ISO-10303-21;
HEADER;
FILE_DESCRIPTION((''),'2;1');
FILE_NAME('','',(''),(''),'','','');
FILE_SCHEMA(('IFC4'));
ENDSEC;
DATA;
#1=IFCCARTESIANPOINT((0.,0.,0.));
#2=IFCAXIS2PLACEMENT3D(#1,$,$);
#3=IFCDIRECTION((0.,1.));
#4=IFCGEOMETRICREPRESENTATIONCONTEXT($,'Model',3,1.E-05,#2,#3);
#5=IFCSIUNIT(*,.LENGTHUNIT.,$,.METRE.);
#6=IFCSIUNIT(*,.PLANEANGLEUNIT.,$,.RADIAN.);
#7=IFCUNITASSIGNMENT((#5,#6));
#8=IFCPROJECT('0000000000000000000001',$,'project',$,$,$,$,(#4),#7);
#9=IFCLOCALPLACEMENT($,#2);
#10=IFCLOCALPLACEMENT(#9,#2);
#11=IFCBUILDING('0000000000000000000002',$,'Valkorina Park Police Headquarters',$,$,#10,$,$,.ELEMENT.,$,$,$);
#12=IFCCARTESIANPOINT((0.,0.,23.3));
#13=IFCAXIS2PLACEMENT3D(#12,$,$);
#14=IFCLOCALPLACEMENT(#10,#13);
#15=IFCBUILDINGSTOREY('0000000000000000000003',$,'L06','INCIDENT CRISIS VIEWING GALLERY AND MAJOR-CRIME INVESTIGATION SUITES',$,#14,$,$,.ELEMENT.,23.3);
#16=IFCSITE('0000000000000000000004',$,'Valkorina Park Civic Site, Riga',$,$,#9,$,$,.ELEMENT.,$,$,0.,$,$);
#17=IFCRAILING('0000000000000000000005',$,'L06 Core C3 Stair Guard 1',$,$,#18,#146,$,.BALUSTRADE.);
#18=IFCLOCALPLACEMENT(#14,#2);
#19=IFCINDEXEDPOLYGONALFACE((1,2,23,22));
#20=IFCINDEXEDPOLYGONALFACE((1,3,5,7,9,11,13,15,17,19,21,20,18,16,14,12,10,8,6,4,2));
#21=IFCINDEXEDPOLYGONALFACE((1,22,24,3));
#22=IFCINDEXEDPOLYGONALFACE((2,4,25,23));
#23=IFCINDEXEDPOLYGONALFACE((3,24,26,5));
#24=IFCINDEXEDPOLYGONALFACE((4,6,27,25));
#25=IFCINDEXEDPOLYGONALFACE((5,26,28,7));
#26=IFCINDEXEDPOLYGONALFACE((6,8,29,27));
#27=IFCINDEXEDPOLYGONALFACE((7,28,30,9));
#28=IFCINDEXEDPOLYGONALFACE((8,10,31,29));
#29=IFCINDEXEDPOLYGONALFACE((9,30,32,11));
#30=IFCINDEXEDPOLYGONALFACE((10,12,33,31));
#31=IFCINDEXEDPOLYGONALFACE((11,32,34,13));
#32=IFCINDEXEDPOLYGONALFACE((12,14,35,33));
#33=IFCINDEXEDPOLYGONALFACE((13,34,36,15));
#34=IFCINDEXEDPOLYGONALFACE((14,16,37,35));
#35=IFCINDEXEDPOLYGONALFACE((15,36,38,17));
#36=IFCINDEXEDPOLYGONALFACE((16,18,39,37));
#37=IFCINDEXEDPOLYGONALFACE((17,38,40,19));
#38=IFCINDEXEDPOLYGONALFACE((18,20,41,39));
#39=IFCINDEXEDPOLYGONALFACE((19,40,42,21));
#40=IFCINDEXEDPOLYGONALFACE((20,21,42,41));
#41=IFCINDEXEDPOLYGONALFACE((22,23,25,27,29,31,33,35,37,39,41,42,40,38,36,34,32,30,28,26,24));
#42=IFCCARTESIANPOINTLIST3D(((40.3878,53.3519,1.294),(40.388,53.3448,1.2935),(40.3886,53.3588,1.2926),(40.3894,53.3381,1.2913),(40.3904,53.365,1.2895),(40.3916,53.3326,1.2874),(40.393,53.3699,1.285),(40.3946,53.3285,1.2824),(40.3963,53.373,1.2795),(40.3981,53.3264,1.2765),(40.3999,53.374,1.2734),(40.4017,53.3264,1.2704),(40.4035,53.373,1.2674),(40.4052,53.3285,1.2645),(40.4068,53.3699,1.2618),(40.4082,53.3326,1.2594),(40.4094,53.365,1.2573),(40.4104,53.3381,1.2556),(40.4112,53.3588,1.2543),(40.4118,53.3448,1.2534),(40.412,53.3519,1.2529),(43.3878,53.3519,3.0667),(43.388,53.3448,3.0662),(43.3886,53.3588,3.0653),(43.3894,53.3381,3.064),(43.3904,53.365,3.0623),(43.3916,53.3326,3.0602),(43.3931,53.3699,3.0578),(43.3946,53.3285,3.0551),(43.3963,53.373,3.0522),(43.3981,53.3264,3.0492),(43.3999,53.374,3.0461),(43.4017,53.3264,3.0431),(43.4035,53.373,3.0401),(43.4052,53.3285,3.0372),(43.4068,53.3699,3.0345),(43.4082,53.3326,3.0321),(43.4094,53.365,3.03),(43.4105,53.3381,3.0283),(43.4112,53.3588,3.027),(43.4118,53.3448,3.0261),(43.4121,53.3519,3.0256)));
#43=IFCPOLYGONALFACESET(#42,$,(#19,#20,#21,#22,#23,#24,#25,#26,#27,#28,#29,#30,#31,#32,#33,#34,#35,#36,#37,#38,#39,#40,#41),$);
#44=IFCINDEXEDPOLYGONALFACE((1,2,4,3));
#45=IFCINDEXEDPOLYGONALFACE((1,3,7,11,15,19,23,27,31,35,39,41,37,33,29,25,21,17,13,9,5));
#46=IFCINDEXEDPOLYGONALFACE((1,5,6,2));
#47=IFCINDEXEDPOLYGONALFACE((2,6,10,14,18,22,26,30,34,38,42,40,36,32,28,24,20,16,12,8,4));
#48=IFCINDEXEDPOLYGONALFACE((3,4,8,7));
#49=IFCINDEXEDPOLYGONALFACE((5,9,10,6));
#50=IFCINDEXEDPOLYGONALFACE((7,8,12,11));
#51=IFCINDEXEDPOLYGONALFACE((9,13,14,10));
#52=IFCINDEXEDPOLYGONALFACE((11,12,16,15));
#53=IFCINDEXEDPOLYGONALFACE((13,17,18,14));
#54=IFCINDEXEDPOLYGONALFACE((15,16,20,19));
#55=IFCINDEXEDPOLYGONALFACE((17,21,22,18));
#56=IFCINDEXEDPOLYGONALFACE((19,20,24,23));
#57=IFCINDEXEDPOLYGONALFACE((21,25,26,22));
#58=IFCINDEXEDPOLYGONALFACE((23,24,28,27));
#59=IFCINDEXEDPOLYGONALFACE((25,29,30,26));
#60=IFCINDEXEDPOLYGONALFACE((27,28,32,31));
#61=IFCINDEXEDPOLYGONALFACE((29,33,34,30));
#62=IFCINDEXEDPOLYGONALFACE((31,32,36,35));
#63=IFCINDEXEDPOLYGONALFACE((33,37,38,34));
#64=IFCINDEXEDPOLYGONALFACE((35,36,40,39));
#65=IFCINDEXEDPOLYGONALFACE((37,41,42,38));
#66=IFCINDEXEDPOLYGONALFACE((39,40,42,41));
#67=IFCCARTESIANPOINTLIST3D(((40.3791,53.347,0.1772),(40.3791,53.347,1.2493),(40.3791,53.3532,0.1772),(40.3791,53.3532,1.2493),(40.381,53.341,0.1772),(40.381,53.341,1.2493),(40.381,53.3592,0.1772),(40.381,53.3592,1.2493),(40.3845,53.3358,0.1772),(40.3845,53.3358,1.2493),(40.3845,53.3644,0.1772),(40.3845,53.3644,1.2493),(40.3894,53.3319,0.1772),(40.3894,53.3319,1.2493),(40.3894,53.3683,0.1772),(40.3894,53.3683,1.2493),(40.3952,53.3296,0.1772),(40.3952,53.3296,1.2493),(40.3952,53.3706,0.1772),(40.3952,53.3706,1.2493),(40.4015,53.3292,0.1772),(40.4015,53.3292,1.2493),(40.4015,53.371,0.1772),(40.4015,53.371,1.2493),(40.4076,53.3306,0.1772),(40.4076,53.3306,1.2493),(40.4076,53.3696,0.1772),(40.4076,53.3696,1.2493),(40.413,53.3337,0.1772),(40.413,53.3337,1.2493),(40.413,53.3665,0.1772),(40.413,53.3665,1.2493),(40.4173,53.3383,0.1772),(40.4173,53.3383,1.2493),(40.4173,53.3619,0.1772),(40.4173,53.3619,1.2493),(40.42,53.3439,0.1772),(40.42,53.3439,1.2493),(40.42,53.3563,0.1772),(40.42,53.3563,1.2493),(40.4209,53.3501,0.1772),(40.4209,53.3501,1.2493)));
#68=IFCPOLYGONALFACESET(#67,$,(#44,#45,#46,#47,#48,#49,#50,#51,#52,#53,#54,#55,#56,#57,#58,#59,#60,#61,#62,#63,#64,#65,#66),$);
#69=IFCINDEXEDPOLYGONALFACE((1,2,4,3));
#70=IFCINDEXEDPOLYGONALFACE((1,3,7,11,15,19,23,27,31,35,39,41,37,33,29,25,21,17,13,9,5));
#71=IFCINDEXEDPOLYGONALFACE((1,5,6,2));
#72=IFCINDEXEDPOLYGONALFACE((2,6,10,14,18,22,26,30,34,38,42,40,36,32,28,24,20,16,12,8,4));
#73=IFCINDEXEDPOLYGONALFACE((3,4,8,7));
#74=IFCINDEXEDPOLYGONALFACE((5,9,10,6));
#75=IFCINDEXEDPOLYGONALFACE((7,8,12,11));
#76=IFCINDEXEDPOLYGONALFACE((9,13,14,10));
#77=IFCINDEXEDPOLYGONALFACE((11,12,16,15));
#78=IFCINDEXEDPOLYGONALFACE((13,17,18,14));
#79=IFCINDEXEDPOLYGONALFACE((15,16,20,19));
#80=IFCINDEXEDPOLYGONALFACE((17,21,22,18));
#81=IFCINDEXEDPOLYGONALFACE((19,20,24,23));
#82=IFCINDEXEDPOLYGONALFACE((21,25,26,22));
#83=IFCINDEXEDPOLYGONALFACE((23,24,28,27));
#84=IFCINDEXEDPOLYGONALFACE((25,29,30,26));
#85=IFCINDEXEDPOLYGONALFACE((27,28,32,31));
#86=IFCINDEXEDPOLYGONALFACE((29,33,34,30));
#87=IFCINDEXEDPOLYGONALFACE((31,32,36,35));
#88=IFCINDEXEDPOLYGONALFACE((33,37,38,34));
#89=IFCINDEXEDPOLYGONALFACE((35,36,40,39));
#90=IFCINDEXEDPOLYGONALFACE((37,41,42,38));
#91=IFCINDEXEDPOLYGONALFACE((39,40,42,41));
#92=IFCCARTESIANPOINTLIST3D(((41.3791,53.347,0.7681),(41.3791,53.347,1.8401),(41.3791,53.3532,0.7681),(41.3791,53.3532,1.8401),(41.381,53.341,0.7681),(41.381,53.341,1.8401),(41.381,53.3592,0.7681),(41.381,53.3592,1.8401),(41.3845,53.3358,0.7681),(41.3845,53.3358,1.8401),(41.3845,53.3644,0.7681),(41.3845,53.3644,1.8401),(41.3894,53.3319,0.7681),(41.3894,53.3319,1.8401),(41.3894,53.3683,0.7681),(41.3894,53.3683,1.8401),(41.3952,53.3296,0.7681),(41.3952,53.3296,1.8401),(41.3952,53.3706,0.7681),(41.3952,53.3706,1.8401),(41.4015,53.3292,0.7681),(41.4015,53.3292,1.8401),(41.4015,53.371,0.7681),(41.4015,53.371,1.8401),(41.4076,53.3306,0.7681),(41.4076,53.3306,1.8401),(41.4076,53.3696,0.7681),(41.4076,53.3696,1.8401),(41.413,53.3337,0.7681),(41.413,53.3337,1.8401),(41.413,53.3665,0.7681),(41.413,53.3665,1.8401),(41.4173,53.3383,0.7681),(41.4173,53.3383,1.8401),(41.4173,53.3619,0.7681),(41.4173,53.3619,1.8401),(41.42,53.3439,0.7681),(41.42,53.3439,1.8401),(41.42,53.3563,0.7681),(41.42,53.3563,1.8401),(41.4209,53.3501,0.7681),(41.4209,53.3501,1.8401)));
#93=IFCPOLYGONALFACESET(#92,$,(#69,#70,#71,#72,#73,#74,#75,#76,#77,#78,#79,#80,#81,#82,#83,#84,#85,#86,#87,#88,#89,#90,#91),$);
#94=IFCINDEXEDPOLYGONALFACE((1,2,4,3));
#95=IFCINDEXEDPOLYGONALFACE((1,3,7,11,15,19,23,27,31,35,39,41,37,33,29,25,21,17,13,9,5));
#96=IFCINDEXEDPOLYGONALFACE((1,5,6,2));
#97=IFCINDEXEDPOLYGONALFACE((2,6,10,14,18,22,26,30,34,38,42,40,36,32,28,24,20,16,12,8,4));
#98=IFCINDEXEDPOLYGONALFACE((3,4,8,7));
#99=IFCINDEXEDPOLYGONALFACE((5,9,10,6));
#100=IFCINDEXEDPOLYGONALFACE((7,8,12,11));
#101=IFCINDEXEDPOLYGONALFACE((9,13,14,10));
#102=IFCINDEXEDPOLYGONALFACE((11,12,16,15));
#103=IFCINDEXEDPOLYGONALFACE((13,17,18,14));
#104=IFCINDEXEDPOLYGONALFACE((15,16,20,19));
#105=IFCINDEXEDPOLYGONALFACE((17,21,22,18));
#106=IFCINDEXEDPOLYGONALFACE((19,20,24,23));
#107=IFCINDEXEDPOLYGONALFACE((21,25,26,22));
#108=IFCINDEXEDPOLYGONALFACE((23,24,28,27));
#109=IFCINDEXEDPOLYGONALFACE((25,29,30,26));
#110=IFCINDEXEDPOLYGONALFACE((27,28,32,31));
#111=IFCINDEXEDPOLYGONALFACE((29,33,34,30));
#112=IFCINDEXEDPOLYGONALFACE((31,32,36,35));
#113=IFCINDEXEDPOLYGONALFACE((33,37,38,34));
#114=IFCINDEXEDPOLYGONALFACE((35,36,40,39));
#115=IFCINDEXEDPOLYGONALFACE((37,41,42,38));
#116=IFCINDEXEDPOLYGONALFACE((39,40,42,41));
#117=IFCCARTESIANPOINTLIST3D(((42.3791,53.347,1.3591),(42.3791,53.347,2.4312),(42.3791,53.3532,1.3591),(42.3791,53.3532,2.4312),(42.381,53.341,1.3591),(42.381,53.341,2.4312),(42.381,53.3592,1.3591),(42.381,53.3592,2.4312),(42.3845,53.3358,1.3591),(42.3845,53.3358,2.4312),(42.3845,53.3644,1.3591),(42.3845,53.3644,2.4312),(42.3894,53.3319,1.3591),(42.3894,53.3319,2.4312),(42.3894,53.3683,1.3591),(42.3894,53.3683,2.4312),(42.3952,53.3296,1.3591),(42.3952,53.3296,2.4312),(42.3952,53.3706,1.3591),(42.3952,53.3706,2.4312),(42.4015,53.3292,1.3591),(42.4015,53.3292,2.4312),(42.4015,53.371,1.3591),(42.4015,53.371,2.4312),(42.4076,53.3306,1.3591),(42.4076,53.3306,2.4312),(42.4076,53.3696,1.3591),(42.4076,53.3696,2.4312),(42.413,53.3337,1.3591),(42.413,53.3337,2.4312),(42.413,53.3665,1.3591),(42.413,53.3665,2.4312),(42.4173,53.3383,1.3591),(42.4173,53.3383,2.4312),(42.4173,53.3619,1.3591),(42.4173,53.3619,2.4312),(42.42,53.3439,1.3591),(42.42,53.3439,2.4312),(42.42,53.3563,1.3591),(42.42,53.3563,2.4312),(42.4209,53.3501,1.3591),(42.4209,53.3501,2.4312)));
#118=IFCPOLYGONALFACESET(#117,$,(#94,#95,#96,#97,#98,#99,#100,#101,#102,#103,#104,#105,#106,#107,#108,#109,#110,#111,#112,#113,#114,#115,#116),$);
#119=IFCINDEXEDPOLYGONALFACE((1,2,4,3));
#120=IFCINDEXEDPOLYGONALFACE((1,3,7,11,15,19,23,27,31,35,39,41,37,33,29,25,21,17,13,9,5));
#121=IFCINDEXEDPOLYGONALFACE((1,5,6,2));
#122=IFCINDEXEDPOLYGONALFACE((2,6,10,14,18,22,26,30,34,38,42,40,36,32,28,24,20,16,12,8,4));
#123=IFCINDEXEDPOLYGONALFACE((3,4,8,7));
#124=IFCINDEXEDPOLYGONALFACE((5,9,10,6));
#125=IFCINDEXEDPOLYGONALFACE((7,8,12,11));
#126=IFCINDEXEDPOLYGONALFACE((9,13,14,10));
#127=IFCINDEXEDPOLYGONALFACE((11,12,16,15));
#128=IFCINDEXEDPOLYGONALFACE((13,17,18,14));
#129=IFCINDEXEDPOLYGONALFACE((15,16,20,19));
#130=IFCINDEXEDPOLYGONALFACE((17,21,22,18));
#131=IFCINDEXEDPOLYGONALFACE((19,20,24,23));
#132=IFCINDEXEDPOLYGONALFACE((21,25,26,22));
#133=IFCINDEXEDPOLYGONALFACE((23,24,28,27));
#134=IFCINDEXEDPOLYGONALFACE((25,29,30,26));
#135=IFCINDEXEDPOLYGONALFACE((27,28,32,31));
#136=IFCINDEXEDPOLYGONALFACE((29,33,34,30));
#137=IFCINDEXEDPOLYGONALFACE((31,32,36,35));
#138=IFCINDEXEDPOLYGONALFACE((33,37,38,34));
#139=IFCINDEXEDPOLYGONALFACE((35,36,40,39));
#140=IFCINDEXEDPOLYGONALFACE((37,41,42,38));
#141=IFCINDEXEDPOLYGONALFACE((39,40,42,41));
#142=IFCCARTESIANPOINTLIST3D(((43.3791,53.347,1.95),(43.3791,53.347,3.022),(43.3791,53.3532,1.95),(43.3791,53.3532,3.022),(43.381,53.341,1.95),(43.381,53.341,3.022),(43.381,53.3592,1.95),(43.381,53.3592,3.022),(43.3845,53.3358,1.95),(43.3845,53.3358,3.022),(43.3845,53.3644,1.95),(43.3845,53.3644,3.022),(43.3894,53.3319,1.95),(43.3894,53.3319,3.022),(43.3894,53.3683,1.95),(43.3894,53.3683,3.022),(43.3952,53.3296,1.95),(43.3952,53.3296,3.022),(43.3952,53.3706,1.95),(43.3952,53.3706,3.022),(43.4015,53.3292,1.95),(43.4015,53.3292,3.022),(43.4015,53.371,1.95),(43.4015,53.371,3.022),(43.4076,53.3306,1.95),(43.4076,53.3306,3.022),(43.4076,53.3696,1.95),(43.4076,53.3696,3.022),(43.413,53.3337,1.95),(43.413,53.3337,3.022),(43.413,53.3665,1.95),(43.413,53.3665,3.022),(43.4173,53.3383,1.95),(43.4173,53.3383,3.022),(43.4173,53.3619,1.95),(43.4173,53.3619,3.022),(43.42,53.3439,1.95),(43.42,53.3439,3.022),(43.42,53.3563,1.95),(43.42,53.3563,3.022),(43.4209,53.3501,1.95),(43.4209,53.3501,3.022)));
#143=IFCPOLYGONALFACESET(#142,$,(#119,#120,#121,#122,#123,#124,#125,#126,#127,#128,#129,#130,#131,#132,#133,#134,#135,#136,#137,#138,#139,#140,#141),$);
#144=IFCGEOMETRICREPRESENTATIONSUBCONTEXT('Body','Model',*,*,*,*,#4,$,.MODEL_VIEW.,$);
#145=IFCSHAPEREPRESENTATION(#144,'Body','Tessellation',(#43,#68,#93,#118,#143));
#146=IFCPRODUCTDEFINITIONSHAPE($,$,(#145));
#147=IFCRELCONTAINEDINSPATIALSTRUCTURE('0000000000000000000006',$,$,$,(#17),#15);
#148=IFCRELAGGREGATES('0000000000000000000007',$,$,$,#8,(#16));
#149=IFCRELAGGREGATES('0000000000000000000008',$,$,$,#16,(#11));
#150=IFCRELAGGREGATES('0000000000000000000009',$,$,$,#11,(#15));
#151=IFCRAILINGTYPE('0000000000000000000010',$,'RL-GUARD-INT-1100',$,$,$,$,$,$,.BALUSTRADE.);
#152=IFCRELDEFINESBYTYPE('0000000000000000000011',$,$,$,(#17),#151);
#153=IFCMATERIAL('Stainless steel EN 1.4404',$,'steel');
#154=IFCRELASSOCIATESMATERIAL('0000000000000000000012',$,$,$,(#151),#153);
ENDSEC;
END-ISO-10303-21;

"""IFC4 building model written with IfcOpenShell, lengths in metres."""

from ifc_helpers import new_model, si_unit, direction, frame, origin, origin_2d, place, context, subcontext, project, spatial, circle, extrude, material, type_object, element, save


model = new_model("IFC4")

# Units and contexts
model_context = context("Model", 3, precision=1e-05, world=origin(), true_north=direction((0.0, 1.0)))
body_context = subcontext(model_context, "Body", "Model", "MODEL_VIEW")
ifc_project = project(units=[si_unit("LENGTHUNIT", "METRE"), si_unit("PLANEANGLEUNIT", "RADIAN")], contexts=[model_context])

# Site, building, storey
site_placement = place(None, origin())
site = spatial("IfcSite", under=ifc_project, at=site_placement, Name="Valkorina Park Civic Site, Riga", CompositionType="ELEMENT", RefElevation=0.0)
building_placement = place(site_placement, origin())
building = spatial("IfcBuilding", under=site, at=building_placement, Name="Valkorina Park Police Headquarters", CompositionType="ELEMENT")
storey_placement = place(building_placement, frame((0.0, 0.0, 23.3)))
storey = spatial("IfcBuildingStorey", under=building, at=storey_placement, Name="L06", Description="INCIDENT CRISIS VIEWING GALLERY AND MAJOR-CRIME INVESTIGATION SUITES", CompositionType="ELEMENT", Elevation=23.3)

# Railing
ifc_material_1 = material(Name="Stainless steel EN 1.4404", Category="steel")
railing_type_1 = type_object("IfcRailingType", Name="RL-GUARD-INT-1100", PredefinedType="BALUSTRADE", material=ifc_material_1)
railing_1_placement = place(storey_placement, frame((40.3999, 53.3501, 0.1772)))
element("IfcRailing", 1, at=railing_1_placement, inside=storey, type_object=railing_type_1, Name="L06 Core C3 Stair Guard 1", PredefinedType="BALUSTRADE", context=body_context, shape_type="SweptSolid", body=[
    extrude(circle(Radius=0.0239, at=origin_2d()), frame((0.0, 0.0, 1.0962), z_axis=(0.860929, 0.0, 0.508725), x_axis=(0.0, 1.0, 0.0)), (0.0, 0.0, 1.0), 3.4846),
    extrude(circle(Radius=0.021, at=origin_2d()), origin(), (0.0, 0.0, 1.0), 1.072),
    extrude(circle(Radius=0.021, at=origin_2d()), frame((1.0, 0.0, 0.5908)), (0.0, 0.0, 1.0), 1.072),
    extrude(circle(Radius=0.021, at=origin_2d()), frame((2.0, 0.0, 1.1819)), (0.0, 0.0, 1.0), 1.072),
    extrude(circle(Radius=0.021, at=origin_2d()), frame((3.0, 0.0, 1.7727)), (0.0, 0.0, 1.0), 1.072),
])

save(model, "model.ifc")
